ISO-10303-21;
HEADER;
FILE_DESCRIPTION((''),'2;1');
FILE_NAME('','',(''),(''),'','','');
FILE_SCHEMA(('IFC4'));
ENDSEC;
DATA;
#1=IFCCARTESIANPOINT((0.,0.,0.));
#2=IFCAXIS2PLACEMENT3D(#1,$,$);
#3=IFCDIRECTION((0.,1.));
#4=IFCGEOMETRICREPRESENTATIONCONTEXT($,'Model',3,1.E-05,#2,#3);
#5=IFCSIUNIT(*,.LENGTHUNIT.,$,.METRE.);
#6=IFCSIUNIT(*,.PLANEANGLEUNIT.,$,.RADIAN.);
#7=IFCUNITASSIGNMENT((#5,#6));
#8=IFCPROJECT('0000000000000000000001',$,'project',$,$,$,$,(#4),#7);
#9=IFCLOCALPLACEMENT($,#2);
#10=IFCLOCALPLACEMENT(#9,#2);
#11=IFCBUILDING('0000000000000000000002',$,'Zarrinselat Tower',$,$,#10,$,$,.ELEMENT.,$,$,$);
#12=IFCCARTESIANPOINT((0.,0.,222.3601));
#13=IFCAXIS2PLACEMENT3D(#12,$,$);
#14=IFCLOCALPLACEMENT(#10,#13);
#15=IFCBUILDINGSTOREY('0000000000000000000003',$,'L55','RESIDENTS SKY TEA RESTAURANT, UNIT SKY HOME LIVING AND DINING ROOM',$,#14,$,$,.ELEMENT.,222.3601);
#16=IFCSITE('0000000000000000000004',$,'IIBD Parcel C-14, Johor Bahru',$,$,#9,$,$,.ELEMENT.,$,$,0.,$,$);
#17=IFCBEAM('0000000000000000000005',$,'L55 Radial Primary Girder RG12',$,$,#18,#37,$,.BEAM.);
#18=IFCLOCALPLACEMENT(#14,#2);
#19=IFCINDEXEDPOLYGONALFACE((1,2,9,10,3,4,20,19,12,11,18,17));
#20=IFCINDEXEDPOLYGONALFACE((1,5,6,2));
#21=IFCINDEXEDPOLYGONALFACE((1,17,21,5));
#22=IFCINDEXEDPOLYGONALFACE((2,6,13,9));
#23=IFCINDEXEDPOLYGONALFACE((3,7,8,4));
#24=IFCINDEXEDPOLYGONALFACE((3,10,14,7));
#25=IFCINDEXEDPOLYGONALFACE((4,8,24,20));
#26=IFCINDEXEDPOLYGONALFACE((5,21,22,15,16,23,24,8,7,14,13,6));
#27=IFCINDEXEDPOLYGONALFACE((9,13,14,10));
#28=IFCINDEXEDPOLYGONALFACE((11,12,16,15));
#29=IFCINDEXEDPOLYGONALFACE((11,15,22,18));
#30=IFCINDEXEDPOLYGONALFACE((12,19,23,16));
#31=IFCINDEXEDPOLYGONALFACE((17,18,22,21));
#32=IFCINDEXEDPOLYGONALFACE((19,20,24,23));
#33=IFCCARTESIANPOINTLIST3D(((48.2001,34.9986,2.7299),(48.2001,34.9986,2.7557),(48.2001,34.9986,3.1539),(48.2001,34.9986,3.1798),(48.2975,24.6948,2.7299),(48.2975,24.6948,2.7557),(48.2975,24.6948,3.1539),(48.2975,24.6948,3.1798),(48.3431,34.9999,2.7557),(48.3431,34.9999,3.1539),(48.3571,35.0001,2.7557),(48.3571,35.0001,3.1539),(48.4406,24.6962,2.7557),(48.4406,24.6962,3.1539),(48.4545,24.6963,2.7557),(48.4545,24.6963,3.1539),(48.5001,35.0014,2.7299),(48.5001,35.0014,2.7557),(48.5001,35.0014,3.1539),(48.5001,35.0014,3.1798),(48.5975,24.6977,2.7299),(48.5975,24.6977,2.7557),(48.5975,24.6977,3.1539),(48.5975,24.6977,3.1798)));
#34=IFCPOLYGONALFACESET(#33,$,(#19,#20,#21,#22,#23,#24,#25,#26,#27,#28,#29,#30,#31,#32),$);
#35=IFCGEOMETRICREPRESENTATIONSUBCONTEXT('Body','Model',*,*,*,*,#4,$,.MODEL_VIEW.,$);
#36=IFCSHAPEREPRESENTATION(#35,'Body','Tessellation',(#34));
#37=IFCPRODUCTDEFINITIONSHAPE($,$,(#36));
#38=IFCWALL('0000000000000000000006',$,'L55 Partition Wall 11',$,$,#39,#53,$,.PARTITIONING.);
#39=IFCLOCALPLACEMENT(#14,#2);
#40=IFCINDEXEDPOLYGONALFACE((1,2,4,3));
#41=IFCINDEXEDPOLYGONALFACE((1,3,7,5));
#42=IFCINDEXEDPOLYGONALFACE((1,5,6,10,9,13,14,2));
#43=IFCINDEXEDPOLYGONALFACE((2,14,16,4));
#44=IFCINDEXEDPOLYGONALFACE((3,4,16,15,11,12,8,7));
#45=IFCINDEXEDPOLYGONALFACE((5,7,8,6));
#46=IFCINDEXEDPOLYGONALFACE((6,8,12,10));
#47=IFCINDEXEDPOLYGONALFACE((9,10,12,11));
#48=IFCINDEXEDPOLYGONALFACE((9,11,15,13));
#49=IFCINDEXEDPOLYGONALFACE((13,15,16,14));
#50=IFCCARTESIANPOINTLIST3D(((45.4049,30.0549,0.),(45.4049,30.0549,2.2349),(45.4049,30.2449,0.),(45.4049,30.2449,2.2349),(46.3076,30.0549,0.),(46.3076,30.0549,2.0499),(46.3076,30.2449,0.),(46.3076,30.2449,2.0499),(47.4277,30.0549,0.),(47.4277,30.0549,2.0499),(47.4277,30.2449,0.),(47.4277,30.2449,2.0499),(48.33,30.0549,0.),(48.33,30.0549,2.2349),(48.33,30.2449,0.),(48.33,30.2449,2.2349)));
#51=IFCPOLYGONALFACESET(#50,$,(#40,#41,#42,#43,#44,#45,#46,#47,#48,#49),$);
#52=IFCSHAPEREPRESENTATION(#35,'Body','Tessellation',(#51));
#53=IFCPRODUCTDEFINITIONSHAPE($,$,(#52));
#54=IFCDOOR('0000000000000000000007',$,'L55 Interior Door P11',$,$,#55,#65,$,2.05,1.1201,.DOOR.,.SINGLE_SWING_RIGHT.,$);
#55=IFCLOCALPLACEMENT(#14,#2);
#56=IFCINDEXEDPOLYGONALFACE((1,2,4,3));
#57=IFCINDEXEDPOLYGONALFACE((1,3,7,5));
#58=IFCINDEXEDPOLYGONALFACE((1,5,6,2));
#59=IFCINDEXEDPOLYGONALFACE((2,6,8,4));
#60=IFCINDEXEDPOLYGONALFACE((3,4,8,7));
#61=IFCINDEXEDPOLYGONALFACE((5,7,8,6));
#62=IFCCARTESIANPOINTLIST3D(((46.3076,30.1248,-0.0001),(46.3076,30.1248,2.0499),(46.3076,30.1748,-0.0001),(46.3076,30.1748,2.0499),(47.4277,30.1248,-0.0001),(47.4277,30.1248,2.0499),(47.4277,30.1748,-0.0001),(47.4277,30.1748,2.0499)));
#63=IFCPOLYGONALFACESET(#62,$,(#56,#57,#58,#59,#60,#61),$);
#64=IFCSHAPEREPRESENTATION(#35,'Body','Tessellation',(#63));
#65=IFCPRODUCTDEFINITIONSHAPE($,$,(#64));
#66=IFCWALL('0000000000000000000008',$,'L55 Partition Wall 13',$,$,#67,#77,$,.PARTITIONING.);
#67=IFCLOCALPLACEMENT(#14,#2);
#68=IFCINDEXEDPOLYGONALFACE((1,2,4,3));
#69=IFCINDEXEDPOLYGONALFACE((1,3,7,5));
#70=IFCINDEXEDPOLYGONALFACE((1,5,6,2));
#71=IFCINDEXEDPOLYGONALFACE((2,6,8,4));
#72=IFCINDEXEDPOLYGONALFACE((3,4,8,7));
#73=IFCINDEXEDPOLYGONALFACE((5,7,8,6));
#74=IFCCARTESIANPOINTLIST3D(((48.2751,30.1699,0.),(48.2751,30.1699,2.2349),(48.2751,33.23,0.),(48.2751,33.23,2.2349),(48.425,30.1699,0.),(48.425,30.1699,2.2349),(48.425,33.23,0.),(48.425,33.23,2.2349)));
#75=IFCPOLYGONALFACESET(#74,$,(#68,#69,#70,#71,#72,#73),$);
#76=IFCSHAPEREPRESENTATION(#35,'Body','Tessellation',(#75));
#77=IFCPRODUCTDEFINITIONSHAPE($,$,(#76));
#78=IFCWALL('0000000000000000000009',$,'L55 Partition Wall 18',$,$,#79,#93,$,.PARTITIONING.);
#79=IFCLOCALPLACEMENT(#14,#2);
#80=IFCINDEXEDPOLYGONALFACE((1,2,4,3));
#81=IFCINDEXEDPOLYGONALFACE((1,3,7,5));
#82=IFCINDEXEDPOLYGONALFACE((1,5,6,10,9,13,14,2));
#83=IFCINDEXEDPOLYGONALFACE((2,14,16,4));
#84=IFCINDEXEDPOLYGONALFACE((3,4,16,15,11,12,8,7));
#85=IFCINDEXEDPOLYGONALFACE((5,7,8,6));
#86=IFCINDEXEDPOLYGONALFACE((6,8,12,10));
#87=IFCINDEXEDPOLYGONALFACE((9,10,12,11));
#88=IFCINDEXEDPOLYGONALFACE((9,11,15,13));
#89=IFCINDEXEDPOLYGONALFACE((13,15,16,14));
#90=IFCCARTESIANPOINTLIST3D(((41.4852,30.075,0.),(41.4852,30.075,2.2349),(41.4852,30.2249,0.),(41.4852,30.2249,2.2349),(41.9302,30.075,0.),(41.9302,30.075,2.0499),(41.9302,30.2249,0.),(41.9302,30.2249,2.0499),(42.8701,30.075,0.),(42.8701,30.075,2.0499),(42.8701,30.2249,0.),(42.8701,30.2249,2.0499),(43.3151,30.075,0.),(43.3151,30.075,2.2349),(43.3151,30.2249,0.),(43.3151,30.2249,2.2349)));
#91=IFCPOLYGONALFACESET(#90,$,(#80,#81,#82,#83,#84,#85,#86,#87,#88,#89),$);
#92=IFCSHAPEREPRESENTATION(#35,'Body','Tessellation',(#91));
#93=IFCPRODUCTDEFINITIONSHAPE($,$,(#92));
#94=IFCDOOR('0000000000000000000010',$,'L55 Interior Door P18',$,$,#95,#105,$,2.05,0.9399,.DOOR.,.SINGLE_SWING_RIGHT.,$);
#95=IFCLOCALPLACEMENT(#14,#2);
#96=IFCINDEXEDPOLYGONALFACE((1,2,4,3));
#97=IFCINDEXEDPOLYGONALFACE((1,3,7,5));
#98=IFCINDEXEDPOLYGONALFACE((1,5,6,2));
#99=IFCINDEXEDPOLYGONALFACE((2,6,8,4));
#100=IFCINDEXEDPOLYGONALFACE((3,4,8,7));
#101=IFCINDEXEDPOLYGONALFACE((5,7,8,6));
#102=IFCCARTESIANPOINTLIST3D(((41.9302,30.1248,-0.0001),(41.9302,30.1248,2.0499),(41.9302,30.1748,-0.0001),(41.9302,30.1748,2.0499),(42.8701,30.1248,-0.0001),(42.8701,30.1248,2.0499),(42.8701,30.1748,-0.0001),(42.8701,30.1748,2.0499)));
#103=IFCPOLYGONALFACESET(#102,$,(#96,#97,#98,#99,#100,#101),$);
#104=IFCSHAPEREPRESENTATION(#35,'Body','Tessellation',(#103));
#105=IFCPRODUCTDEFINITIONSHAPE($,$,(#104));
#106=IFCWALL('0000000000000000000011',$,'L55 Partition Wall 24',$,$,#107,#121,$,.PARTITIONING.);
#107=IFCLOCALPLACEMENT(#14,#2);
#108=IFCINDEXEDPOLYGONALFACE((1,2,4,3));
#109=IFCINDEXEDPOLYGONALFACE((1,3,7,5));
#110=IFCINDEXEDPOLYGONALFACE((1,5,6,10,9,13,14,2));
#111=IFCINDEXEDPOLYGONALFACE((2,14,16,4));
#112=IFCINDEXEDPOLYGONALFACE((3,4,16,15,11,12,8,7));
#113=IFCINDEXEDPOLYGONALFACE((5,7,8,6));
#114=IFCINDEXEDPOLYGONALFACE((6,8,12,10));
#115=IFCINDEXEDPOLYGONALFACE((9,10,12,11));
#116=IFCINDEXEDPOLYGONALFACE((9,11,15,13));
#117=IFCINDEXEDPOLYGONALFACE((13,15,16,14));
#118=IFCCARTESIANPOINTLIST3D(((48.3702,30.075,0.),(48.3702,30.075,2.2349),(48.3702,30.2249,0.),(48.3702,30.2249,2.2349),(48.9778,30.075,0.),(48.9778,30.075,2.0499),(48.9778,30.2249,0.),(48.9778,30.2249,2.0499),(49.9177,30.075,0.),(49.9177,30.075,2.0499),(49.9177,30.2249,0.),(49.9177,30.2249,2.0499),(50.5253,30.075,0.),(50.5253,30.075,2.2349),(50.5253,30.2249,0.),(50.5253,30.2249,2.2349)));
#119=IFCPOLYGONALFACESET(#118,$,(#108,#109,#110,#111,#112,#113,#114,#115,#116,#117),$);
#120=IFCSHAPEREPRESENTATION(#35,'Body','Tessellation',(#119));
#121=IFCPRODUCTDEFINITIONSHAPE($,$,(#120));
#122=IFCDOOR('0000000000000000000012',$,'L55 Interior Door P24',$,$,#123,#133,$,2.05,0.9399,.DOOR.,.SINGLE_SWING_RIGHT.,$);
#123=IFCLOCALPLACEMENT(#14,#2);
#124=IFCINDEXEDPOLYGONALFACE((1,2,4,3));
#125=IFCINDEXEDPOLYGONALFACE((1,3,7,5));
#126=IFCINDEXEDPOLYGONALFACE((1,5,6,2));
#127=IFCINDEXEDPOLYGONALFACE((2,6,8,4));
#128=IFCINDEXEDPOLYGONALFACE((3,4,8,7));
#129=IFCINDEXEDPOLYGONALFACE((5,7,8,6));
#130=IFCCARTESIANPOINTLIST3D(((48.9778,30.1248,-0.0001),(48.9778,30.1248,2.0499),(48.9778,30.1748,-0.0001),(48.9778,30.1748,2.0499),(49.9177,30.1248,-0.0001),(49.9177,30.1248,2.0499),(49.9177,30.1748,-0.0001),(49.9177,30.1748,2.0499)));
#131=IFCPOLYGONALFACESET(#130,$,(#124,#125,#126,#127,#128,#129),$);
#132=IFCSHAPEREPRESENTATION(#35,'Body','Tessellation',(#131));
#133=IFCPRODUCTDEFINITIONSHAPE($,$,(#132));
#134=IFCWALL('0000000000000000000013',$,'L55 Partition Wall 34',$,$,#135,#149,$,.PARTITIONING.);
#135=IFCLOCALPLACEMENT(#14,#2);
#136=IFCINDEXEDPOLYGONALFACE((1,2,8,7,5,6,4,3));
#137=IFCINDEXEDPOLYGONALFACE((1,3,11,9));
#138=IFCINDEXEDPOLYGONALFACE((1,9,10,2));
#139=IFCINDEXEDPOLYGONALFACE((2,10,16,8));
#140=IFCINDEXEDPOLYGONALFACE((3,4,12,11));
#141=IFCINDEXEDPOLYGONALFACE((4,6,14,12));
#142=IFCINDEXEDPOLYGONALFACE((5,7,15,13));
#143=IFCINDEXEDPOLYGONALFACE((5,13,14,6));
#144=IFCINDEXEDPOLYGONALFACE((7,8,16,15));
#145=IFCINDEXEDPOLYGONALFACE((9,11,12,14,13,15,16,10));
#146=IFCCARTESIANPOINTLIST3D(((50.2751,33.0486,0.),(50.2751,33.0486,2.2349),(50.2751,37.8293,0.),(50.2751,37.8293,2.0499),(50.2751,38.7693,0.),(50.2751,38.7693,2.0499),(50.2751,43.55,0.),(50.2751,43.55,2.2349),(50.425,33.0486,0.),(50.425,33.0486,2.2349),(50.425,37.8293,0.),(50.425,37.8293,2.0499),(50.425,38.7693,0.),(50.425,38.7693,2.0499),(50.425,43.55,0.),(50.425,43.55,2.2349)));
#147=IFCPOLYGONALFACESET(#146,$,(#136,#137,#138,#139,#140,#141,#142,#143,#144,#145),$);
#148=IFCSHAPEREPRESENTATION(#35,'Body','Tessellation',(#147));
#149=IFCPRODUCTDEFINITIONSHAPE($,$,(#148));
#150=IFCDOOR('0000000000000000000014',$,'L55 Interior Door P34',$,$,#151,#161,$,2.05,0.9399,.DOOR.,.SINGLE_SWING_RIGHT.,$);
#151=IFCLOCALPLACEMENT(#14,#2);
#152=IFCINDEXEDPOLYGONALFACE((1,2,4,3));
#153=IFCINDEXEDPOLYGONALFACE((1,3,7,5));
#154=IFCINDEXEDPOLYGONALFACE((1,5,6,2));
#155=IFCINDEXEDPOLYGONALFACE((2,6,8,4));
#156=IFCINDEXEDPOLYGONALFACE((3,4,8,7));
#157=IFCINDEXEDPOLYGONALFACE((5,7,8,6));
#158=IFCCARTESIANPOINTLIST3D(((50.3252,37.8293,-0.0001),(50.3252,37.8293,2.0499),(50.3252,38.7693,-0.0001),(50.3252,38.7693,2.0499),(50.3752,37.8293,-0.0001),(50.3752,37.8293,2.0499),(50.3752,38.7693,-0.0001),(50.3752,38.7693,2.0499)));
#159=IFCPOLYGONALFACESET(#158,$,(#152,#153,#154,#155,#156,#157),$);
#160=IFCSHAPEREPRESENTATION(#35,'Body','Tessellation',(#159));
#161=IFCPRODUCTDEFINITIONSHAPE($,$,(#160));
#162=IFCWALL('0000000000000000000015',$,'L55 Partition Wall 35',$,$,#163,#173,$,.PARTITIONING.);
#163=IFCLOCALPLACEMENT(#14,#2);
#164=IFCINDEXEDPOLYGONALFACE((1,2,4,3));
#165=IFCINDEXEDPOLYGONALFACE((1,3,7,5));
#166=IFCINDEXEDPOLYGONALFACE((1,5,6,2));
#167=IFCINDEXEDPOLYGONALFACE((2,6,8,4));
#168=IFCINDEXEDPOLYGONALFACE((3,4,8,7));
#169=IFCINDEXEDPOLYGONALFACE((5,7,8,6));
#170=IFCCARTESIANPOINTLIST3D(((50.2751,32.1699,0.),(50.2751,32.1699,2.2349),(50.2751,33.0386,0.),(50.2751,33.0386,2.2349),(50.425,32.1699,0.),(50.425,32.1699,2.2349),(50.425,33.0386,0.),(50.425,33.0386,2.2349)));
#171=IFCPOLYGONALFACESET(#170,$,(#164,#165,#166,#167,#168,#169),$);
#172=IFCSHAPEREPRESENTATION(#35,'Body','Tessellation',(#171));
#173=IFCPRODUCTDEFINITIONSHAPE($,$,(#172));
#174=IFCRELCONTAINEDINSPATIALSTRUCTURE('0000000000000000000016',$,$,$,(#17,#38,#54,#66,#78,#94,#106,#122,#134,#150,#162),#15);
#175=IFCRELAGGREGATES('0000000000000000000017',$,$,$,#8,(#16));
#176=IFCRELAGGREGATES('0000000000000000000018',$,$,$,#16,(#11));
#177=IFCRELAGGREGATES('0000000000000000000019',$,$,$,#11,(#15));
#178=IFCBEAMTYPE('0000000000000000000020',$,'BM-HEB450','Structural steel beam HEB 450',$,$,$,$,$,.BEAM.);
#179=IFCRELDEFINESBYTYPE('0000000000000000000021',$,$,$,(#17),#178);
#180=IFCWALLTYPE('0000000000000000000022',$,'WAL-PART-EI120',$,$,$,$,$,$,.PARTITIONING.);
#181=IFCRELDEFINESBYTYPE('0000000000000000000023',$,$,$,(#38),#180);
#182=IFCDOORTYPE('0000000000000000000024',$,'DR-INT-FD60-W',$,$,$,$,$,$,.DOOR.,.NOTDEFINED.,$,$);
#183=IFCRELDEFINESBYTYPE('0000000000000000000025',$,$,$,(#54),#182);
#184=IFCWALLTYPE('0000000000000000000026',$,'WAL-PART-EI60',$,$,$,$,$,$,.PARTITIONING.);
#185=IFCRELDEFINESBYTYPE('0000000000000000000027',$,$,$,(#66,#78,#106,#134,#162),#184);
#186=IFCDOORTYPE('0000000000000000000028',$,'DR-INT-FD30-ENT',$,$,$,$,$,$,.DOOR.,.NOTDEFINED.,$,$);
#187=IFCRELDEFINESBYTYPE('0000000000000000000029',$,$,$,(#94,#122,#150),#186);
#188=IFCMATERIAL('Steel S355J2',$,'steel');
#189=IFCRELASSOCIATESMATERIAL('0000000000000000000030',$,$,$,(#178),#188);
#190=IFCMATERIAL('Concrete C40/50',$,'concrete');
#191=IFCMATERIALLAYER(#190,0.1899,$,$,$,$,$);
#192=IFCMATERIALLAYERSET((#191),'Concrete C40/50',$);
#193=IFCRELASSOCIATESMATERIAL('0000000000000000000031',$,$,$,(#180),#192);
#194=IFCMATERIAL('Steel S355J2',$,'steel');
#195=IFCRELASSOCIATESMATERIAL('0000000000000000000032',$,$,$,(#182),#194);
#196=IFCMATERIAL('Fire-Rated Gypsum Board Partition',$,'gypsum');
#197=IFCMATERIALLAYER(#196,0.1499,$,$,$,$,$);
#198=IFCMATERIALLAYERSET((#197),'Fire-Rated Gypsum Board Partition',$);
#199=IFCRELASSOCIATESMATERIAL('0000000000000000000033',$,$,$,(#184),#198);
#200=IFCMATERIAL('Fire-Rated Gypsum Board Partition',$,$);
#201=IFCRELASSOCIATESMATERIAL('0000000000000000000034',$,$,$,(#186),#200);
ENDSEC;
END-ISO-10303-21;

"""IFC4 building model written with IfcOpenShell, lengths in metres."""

from ifc_helpers import new_model, si_unit, direction, frame, frame_2d, origin, origin_2d, place, context, subcontext, project, spatial, rectangle, i_section, extrude, material, layer, layer_set, material_profile, profile_set, type_object, element, fill, save


model = new_model("IFC4")

# Units and contexts
model_context = context("Model", 3, precision=1e-05, world=origin(), true_north=direction((0.0, 1.0)))
body_context = subcontext(model_context, "Body", "Model", "MODEL_VIEW")
ifc_project = project(units=[si_unit("LENGTHUNIT", "METRE"), si_unit("PLANEANGLEUNIT", "RADIAN")], contexts=[model_context])

# Site, building, storey
site_placement = place(None, origin())
site = spatial("IfcSite", under=ifc_project, at=site_placement, Name="IIBD Parcel C-14, Johor Bahru", CompositionType="ELEMENT", RefElevation=0.0)
building_placement = place(site_placement, origin())
building = spatial("IfcBuilding", under=site, at=building_placement, Name="Zarrinselat Tower", CompositionType="ELEMENT")
storey_placement = place(building_placement, frame((0.0, 0.0, 222.3601)))
storey = spatial("IfcBuildingStorey", under=building, at=storey_placement, Name="L55", Description="RESIDENTS SKY TEA RESTAURANT, UNIT SKY HOME LIVING AND DINING ROOM", CompositionType="ELEMENT", Elevation=222.3601)

# Beam
ifc_material_1 = material(Name="Steel S355J2", Category="steel")
ifc_material_profile = material_profile(ifc_material_1, i_section(OverallWidth=0.3, OverallDepth=0.45, WebThickness=0.0139, FlangeThickness=0.0259, at=origin_2d()), Name="HEB 450")
ifc_profile_set = profile_set([ifc_material_profile], Name="Steel S355J2")
beam_type = type_object("IfcBeamType", Name="BM-HEB450", Description="Structural steel beam HEB 450", PredefinedType="BEAM", material=ifc_profile_set)
beam_placement = place(storey_placement, frame((48.3501, 35.0, 2.9548), z_axis=(0.009454, -0.999955, 0.0), x_axis=(0.999955, 0.009454, 0.0)))
element("IfcBeam", 1, at=beam_placement, inside=storey, type_object=beam_type, Name="L55 Radial Primary Girder RG12", PredefinedType="BEAM", context=body_context, shape_type="SweptSolid", body=[
    extrude(i_section(OverallWidth=0.3, OverallDepth=0.45, WebThickness=0.0139, FlangeThickness=0.0259, at=origin_2d()), origin(), (0.0, 0.0, 1.0), 10.3042),
])

# Wall, opening, door
ifc_material_2 = material(Name="Concrete C40/50", Category="concrete")
ifc_layer_1 = layer(ifc_material_2, 0.1899)
ifc_layer_set_1 = layer_set([ifc_layer_1], Name="Concrete C40/50")
wall_type_1 = type_object("IfcWallType", Name="WAL-PART-EI120", PredefinedType="PARTITIONING", material=ifc_layer_set_1)
wall_1_placement = place(storey_placement, frame((45.405, 30.1499, 0.0), z_axis=(0.0, 0.0, 1.0), x_axis=(1.0, 0.0, 0.0)))
wall_1 = element("IfcWall", 2, at=wall_1_placement, inside=storey, type_object=wall_type_1, Name="L55 Partition Wall 11", PredefinedType="PARTITIONING", context=body_context, shape_type="SweptSolid", body=[
    extrude(rectangle(XDim=2.925, YDim=0.1899, at=frame_2d((1.4624, 0.0))), origin(), (0.0, 0.0, 1.0), 2.2349),
])
opening_1_placement = place(wall_1_placement, frame((0.9026, 0.0, 0.0)))
opening_1 = element("IfcOpeningElement", 3, at=opening_1_placement, cuts=wall_1, PredefinedType="OPENING", context=body_context, shape_type="SweptSolid", body=[
    extrude(rectangle(XDim=1.1201, YDim=2.05, at=frame_2d((0.5601, 1.0249))), frame((0.0, 0.105, 0.0), z_axis=(0.0, -1.0, 0.0), x_axis=(1.0, 0.0, 0.0)), (0.0, 0.0, 1.0), 0.21),
])
ifc_material_3 = material(Name="Steel S355J2", Category="steel")
door_type_1 = type_object("IfcDoorType", Name="DR-INT-FD60-W", OperationType="NOTDEFINED", PredefinedType="DOOR", material=ifc_material_3)
door_1_placement = place(opening_1_placement, origin())
door_1 = element("IfcDoor", 4, at=door_1_placement, inside=storey, type_object=door_type_1, Name="L55 Interior Door P11", OperationType="SINGLE_SWING_RIGHT", OverallHeight=2.05, OverallWidth=1.1201, PredefinedType="DOOR", context=body_context, shape_type="SweptSolid", body=[
    extrude(rectangle(XDim=1.1201, YDim=2.05, at=frame_2d((0.5601, 1.0249))), frame((0.0, 0.0249, 0.0), z_axis=(0.0, -1.0, 0.0), x_axis=(1.0, 0.0, 0.0)), (0.0, 0.0, 1.0), 0.05),
])
fill(opening_1, door_1)

# Wall
ifc_material_4 = material(Name="Fire-Rated Gypsum Board Partition", Category="gypsum")
ifc_layer_2 = layer(ifc_material_4, 0.1499)
ifc_layer_set_2 = layer_set([ifc_layer_2], Name="Fire-Rated Gypsum Board Partition")
wall_type_2 = type_object("IfcWallType", Name="WAL-PART-EI60", PredefinedType="PARTITIONING", material=ifc_layer_set_2)
wall_2_placement = place(storey_placement, frame((48.3501, 30.1699, 0.0), z_axis=(0.0, 0.0, 1.0), x_axis=(0.0, 1.0, 0.0)))
element("IfcWall", 5, at=wall_2_placement, inside=storey, type_object=wall_type_2, Name="L55 Partition Wall 13", PredefinedType="PARTITIONING", context=body_context, shape_type="SweptSolid", body=[
    extrude(rectangle(XDim=3.0601, YDim=0.1499, at=frame_2d((1.53, 0.0))), origin(), (0.0, 0.0, 1.0), 2.2349),
])

# Walls, openings, doors
wall_3_placement = place(storey_placement, frame((41.4851, 30.1499, 0.0), z_axis=(0.0, 0.0, 1.0), x_axis=(1.0, 0.0, 0.0)))
wall_3 = element("IfcWall", 6, at=wall_3_placement, inside=storey, type_object=wall_type_2, Name="L55 Partition Wall 18", PredefinedType="PARTITIONING", context=body_context, shape_type="SweptSolid", body=[
    extrude(rectangle(XDim=1.8298, YDim=0.1499, at=frame_2d((0.915, 0.0))), origin(), (0.0, 0.0, 1.0), 2.2349),
])
opening_2_placement = place(wall_3_placement, frame((0.4451, 0.0, 0.0)))
opening_2 = element("IfcOpeningElement", 7, at=opening_2_placement, cuts=wall_3, PredefinedType="OPENING", context=body_context, shape_type="SweptSolid", body=[
    extrude(rectangle(XDim=0.9399, YDim=2.05, at=frame_2d((0.47, 1.0249))), frame((0.0, 0.085, 0.0), z_axis=(0.0, -1.0, 0.0), x_axis=(1.0, 0.0, 0.0)), (0.0, 0.0, 1.0), 0.1699),
])
ifc_material_5 = material(Name="Fire-Rated Gypsum Board Partition")
door_type_2 = type_object("IfcDoorType", Name="DR-INT-FD30-ENT", OperationType="NOTDEFINED", PredefinedType="DOOR", material=ifc_material_5)
door_2_placement = place(opening_2_placement, origin())
door_2 = element("IfcDoor", 8, at=door_2_placement, inside=storey, type_object=door_type_2, Name="L55 Interior Door P18", OperationType="SINGLE_SWING_RIGHT", OverallHeight=2.05, OverallWidth=0.9399, PredefinedType="DOOR", context=body_context, shape_type="SweptSolid", body=[
    extrude(rectangle(XDim=0.9399, YDim=2.05, at=frame_2d((0.47, 1.0249))), frame((0.0, 0.0249, 0.0), z_axis=(0.0, -1.0, 0.0), x_axis=(1.0, 0.0, 0.0)), (0.0, 0.0, 1.0), 0.05),
])
fill(opening_2, door_2)
wall_4_placement = place(storey_placement, frame((48.3701, 30.1499, 0.0), z_axis=(0.0, 0.0, 1.0), x_axis=(1.0, 0.0, 0.0)))
wall_4 = element("IfcWall", 9, at=wall_4_placement, inside=storey, type_object=wall_type_2, Name="L55 Partition Wall 24", PredefinedType="PARTITIONING", context=body_context, shape_type="SweptSolid", body=[
    extrude(rectangle(XDim=2.155, YDim=0.1499, at=frame_2d((1.0776, 0.0))), origin(), (0.0, 0.0, 1.0), 2.2349),
])
opening_3_placement = place(wall_4_placement, frame((0.6077, 0.0, 0.0)))
opening_3 = element("IfcOpeningElement", 10, at=opening_3_placement, cuts=wall_4, PredefinedType="OPENING", context=body_context, shape_type="SweptSolid", body=[
    extrude(rectangle(XDim=0.9399, YDim=2.05, at=frame_2d((0.47, 1.0249))), frame((0.0, 0.085, 0.0), z_axis=(0.0, -1.0, 0.0), x_axis=(1.0, 0.0, 0.0)), (0.0, 0.0, 1.0), 0.1699),
])
door_3_placement = place(opening_3_placement, origin())
door_3 = element("IfcDoor", 11, at=door_3_placement, inside=storey, type_object=door_type_2, Name="L55 Interior Door P24", OperationType="SINGLE_SWING_RIGHT", OverallHeight=2.05, OverallWidth=0.9399, PredefinedType="DOOR", context=body_context, shape_type="SweptSolid", body=[
    extrude(rectangle(XDim=0.9399, YDim=2.05, at=frame_2d((0.47, 1.0249))), frame((0.0, 0.0249, 0.0), z_axis=(0.0, -1.0, 0.0), x_axis=(1.0, 0.0, 0.0)), (0.0, 0.0, 1.0), 0.05),
])
fill(opening_3, door_3)
wall_5_placement = place(storey_placement, frame((50.3501, 33.0486, 0.0), z_axis=(0.0, 0.0, 1.0), x_axis=(0.0, 1.0, 0.0)))
wall_5 = element("IfcWall", 12, at=wall_5_placement, inside=storey, type_object=wall_type_2, Name="L55 Partition Wall 34", PredefinedType="PARTITIONING", context=body_context, shape_type="SweptSolid", body=[
    extrude(rectangle(XDim=10.5015, YDim=0.1499, at=frame_2d((5.2507, 0.0))), origin(), (0.0, 0.0, 1.0), 2.2349),
])
opening_4_placement = place(wall_5_placement, frame((4.7808, 0.0, 0.0)))
opening_4 = element("IfcOpeningElement", 13, at=opening_4_placement, cuts=wall_5, PredefinedType="OPENING", context=body_context, shape_type="SweptSolid", body=[
    extrude(rectangle(XDim=0.9399, YDim=2.05, at=frame_2d((0.47, 1.0249))), frame((0.0, 0.085, 0.0), z_axis=(0.0, -1.0, 0.0), x_axis=(1.0, 0.0, 0.0)), (0.0, 0.0, 1.0), 0.1699),
])
door_4_placement = place(opening_4_placement, origin())
door_4 = element("IfcDoor", 14, at=door_4_placement, inside=storey, type_object=door_type_2, Name="L55 Interior Door P34", OperationType="SINGLE_SWING_RIGHT", OverallHeight=2.05, OverallWidth=0.9399, PredefinedType="DOOR", context=body_context, shape_type="SweptSolid", body=[
    extrude(rectangle(XDim=0.9399, YDim=2.05, at=frame_2d((0.47, 1.0249))), frame((0.0, 0.0249, 0.0), z_axis=(0.0, -1.0, 0.0), x_axis=(1.0, 0.0, 0.0)), (0.0, 0.0, 1.0), 0.05),
])
fill(opening_4, door_4)

# Wall
wall_6_placement = place(storey_placement, frame((50.3501, 32.1699, 0.0), z_axis=(0.0, 0.0, 1.0), x_axis=(0.0, 1.0, 0.0)))
element("IfcWall", 15, at=wall_6_placement, inside=storey, type_object=wall_type_2, Name="L55 Partition Wall 35", PredefinedType="PARTITIONING", context=body_context, shape_type="SweptSolid", body=[
    extrude(rectangle(XDim=0.8687, YDim=0.1499, at=frame_2d((0.4343, 0.0))), origin(), (0.0, 0.0, 1.0), 2.2349),
])

save(model, "model.ifc")
